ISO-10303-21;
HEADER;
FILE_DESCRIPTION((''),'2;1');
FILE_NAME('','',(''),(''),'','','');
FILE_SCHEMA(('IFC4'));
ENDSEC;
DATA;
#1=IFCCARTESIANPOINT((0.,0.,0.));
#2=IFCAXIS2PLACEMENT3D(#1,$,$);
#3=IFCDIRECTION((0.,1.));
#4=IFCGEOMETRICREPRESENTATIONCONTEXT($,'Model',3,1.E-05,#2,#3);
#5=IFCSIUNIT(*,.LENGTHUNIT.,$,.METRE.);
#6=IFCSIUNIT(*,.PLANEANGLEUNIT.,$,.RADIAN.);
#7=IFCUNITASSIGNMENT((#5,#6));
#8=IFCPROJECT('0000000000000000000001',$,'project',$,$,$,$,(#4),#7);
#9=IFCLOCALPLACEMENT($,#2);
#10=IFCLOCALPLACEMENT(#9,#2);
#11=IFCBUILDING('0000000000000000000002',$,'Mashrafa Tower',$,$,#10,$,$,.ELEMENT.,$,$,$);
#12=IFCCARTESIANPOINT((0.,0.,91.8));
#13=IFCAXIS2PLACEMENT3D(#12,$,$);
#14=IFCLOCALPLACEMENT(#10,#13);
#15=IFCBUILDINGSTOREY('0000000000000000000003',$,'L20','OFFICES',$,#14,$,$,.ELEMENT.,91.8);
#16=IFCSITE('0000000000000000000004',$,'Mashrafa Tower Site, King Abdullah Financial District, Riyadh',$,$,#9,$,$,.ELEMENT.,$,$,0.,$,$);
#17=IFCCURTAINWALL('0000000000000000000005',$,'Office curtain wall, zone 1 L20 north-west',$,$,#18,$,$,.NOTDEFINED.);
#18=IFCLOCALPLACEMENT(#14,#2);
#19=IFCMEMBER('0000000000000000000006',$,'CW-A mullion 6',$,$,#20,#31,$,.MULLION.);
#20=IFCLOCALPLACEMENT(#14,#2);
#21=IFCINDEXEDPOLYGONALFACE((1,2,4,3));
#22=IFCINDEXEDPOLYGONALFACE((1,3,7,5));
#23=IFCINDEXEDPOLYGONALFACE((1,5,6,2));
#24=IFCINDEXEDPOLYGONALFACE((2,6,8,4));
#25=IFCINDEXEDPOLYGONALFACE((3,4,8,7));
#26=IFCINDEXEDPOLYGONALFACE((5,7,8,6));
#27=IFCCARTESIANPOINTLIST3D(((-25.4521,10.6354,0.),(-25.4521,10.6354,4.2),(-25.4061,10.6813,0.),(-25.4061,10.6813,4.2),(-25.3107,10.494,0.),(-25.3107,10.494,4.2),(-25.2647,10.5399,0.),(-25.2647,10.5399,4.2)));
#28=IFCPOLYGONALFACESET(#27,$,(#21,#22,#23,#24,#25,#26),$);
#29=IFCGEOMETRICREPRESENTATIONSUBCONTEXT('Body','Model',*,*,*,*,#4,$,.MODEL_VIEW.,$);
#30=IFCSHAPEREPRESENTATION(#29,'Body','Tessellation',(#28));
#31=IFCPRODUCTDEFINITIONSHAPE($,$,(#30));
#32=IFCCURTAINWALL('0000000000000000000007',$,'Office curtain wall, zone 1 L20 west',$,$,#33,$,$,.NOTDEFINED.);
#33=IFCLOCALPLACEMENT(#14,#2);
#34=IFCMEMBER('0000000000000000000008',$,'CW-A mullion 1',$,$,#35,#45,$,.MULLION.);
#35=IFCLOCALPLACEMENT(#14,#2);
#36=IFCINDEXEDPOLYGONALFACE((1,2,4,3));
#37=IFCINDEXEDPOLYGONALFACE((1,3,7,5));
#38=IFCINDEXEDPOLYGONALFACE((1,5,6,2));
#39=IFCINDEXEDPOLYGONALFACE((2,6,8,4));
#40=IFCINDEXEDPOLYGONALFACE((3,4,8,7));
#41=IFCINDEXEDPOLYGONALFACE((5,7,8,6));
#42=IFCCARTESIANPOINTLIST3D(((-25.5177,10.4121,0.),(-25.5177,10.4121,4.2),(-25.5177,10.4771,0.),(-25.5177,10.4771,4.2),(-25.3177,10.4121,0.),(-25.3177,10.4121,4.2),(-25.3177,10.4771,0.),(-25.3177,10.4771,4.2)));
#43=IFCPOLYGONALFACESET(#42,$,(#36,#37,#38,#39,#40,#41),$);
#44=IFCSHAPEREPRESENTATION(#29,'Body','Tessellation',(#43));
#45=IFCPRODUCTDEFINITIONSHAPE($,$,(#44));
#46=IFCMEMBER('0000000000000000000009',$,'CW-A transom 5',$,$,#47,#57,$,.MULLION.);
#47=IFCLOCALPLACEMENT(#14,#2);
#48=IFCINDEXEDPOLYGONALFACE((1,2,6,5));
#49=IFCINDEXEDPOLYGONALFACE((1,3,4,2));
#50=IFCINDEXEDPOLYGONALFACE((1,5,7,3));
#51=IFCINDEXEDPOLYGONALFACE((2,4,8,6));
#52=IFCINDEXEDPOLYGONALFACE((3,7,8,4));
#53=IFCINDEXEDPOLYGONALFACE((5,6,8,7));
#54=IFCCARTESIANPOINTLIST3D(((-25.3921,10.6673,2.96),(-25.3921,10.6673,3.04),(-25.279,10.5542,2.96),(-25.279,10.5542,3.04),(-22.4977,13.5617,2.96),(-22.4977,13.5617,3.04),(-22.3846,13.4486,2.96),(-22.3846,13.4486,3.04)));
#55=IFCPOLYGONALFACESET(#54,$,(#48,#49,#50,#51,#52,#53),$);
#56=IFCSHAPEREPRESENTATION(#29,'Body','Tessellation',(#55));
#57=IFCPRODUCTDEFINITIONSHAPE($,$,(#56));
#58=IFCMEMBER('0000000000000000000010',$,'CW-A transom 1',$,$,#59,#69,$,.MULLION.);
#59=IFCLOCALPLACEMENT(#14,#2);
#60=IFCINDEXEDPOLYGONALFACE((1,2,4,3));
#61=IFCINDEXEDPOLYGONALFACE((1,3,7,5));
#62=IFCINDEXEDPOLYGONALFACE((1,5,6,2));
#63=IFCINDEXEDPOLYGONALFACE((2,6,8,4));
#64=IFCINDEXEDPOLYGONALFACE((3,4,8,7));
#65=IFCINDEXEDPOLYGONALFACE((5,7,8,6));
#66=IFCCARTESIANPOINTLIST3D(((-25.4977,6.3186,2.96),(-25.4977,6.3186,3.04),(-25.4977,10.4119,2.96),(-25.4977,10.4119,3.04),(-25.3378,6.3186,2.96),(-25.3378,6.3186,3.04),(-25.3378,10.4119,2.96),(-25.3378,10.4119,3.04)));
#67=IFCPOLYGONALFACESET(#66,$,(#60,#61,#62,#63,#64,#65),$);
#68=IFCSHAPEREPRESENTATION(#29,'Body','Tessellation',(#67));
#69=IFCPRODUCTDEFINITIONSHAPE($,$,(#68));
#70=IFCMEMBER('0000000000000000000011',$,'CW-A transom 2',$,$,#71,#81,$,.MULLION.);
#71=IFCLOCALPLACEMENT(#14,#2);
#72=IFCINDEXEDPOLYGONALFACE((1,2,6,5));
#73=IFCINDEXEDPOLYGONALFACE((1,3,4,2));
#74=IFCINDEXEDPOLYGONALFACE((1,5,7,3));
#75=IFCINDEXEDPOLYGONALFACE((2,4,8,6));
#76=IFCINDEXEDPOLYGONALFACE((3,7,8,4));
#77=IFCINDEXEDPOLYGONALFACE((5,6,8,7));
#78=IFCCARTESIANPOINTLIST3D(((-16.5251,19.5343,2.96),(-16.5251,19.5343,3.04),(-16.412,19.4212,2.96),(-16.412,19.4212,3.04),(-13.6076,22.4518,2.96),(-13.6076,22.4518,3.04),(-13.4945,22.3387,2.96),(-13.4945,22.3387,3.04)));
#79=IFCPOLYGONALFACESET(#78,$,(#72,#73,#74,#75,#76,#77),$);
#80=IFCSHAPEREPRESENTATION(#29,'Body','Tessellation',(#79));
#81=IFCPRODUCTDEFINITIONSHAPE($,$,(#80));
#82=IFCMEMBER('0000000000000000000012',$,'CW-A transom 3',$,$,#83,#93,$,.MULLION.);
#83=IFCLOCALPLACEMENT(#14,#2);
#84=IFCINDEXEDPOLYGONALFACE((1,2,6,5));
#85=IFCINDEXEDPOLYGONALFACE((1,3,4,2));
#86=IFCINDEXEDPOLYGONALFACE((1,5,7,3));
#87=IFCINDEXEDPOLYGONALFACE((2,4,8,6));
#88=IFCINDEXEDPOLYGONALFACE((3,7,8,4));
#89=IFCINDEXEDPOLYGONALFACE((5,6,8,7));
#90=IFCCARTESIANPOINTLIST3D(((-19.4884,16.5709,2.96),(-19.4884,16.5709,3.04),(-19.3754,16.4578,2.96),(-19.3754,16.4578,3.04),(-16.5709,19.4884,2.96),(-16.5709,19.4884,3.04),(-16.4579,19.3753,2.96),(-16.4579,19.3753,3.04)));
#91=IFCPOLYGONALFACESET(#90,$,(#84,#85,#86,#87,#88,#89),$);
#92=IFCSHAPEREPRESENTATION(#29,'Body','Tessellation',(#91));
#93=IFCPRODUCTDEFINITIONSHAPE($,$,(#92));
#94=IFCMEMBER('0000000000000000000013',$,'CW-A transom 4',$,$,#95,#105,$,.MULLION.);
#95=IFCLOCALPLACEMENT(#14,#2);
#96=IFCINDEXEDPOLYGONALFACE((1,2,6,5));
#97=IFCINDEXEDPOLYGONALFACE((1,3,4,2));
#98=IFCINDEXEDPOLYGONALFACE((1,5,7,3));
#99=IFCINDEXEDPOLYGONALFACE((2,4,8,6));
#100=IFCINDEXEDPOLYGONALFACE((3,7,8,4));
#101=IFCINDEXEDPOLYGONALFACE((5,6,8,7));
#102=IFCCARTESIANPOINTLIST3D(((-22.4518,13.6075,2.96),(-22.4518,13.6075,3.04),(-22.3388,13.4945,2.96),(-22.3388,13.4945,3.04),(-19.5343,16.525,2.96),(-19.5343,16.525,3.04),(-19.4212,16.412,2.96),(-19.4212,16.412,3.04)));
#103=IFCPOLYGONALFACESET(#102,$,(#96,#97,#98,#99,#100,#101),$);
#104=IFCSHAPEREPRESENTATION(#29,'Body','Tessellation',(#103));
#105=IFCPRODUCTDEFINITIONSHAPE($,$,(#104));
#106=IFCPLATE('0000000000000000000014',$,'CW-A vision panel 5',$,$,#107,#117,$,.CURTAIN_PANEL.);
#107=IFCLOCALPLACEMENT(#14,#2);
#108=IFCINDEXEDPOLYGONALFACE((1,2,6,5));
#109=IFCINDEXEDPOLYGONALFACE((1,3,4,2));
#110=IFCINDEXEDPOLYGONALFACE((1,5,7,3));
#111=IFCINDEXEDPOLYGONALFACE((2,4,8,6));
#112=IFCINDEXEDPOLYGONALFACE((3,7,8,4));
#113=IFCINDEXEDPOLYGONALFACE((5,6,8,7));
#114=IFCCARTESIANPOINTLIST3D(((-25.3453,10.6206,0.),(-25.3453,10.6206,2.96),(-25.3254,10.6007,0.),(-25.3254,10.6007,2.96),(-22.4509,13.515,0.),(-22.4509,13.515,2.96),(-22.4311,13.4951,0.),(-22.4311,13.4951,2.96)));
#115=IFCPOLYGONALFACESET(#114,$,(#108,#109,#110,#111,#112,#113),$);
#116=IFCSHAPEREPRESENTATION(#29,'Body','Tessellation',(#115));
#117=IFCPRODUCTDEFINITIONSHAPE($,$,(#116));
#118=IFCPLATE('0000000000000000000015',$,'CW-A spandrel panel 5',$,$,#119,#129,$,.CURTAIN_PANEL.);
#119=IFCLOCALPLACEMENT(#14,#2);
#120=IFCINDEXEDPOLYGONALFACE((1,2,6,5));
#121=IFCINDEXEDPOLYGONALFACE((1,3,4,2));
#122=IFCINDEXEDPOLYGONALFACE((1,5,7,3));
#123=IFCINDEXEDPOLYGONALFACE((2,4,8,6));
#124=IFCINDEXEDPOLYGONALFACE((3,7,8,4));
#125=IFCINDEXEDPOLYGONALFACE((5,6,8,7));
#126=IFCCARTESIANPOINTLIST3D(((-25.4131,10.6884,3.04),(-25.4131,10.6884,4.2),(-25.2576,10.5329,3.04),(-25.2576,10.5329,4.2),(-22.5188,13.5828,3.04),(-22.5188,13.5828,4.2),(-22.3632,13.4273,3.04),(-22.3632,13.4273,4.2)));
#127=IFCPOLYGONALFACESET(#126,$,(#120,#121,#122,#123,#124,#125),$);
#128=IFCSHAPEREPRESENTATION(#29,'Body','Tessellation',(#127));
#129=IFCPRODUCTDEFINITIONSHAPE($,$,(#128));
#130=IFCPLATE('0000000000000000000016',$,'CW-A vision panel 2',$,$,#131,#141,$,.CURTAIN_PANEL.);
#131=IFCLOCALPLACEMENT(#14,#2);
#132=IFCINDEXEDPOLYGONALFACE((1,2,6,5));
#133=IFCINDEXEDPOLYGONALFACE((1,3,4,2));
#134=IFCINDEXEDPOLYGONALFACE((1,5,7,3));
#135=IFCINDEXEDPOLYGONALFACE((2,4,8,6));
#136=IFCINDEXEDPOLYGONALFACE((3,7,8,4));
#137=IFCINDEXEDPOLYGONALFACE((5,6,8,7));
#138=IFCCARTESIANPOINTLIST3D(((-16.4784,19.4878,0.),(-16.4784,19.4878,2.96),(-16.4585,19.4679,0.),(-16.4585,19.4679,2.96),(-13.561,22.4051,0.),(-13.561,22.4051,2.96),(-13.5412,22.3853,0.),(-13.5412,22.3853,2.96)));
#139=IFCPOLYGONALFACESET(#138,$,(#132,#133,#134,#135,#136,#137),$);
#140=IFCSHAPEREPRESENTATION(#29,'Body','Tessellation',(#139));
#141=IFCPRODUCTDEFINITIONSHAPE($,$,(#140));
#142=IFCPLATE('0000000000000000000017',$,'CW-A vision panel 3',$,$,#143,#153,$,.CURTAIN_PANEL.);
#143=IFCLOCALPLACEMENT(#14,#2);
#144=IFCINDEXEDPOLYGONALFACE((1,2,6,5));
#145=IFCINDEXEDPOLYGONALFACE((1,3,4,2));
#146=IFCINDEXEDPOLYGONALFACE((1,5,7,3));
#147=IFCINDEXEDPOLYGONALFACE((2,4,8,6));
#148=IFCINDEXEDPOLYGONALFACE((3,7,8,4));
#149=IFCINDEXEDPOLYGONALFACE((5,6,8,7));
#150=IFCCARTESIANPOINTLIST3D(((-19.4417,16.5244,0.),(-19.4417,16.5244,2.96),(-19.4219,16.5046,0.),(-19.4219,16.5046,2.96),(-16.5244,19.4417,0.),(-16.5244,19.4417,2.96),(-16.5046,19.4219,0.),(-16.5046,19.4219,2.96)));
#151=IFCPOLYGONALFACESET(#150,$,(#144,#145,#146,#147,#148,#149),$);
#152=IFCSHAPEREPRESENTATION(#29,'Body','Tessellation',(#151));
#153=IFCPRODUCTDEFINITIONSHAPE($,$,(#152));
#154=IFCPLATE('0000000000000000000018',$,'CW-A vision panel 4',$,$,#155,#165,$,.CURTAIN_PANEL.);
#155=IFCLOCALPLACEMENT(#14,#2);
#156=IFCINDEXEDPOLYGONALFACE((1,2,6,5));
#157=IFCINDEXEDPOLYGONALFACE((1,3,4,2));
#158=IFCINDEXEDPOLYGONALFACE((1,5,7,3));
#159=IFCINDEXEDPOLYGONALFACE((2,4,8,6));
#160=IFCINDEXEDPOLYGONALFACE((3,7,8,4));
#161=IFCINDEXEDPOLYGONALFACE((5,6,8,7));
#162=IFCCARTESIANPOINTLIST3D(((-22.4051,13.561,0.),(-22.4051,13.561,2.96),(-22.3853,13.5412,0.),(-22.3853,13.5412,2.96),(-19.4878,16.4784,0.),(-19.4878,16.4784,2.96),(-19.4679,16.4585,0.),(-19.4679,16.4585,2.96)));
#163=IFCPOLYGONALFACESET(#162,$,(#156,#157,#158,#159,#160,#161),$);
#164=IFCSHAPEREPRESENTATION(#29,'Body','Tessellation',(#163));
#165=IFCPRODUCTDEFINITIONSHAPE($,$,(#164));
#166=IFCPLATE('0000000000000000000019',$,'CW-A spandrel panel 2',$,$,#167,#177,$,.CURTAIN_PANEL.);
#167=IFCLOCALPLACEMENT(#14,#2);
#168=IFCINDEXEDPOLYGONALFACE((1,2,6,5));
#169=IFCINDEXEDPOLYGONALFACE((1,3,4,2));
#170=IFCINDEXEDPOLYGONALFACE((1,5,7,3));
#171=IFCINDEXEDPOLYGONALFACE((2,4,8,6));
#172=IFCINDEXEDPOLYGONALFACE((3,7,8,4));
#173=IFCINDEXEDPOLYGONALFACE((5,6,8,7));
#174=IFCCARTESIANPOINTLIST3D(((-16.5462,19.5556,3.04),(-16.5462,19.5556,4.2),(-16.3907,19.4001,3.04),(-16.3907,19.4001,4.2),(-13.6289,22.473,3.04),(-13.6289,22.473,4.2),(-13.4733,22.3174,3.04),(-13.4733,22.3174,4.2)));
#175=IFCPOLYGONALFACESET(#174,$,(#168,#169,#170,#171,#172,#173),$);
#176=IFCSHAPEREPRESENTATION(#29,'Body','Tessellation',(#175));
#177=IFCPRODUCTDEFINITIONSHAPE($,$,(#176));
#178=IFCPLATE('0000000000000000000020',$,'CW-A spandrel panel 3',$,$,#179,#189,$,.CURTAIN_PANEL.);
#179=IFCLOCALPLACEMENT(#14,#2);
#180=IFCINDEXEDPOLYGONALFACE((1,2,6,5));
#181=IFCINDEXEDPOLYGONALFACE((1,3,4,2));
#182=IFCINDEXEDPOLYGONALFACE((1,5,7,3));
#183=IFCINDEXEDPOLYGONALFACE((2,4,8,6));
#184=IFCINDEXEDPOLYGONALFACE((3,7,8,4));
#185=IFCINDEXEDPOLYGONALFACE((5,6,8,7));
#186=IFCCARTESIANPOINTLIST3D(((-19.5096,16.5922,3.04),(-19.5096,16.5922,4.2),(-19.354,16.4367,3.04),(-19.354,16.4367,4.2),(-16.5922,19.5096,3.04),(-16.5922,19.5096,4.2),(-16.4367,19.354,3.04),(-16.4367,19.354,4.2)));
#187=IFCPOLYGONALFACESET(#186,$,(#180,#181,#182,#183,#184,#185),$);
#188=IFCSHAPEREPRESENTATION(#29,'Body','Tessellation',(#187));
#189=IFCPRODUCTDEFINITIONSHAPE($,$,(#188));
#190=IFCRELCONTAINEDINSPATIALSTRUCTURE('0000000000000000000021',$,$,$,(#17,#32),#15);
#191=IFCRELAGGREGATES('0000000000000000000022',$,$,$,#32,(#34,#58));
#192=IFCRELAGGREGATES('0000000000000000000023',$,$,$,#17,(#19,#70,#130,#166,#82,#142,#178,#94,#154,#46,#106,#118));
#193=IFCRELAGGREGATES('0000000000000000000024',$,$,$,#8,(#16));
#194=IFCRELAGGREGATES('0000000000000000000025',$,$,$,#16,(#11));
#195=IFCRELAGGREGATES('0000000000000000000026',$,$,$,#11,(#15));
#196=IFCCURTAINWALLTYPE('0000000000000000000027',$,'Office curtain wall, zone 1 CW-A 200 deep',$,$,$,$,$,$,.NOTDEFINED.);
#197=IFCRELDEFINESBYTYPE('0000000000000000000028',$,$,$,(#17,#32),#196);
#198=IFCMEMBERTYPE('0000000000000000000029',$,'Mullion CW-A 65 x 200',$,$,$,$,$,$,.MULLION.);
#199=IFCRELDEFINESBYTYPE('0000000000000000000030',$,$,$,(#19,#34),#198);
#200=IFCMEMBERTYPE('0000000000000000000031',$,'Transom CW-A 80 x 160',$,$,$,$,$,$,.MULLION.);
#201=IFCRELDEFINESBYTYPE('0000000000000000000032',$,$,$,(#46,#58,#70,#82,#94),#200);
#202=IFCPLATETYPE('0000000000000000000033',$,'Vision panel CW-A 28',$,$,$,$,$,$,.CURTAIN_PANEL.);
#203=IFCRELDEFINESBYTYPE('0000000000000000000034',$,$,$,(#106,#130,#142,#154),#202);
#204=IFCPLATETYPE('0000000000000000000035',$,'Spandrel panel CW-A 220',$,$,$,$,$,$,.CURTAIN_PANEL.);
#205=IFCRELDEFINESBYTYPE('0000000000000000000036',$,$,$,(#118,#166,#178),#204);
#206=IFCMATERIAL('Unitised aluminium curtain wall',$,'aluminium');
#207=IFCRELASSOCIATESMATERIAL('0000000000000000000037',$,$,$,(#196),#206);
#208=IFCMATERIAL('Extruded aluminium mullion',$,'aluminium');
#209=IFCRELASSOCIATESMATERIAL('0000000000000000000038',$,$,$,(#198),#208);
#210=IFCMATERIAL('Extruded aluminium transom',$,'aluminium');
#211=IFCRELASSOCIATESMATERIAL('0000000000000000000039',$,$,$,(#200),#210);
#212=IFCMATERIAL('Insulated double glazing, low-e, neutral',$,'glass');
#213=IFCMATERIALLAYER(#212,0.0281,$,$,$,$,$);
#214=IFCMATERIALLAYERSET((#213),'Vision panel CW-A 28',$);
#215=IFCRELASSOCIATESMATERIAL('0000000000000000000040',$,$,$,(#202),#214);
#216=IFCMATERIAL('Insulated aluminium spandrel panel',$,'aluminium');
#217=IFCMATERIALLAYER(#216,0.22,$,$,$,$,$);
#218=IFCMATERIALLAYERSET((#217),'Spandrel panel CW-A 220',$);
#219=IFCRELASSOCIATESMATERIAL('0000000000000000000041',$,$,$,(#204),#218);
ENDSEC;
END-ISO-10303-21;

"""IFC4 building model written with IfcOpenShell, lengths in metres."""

from ifc_helpers import new_model, si_unit, direction, frame, origin, origin_2d, place, context, subcontext, project, spatial, rectangle, extrude, source, transform, mapped, material, layer, layer_set, material_profile, profile_set, type_object, type_shapes, element, aggregate, save


model = new_model("IFC4")

# Units and contexts
model_context = context("Model", 3, precision=1e-05, world=origin(), true_north=direction((0.0, 1.0)))
body_context = subcontext(model_context, "Body", "Model", "MODEL_VIEW")
ifc_project = project(units=[si_unit("LENGTHUNIT", "METRE"), si_unit("PLANEANGLEUNIT", "RADIAN")], contexts=[model_context])

# Site, building, storey
site_placement = place(None, origin())
site = spatial("IfcSite", under=ifc_project, at=site_placement, Name="Mashrafa Tower Site, King Abdullah Financial District, Riyadh", CompositionType="ELEMENT", RefElevation=0.0)
building_placement = place(site_placement, origin())
building = spatial("IfcBuilding", under=site, at=building_placement, Name="Mashrafa Tower", CompositionType="ELEMENT")
storey_placement = place(building_placement, frame((0.0, 0.0, 91.8)))
storey = spatial("IfcBuildingStorey", under=building, at=storey_placement, Name="L20", Description="OFFICES", CompositionType="ELEMENT", Elevation=91.8)

# Curtain wall, member
ifc_material_1 = material(Name="Unitised aluminium curtain wall", Category="aluminium")
curtain_wall_type = type_object("IfcCurtainWallType", Name="Office curtain wall, zone 1 CW-A 200 deep", PredefinedType="NOTDEFINED", material=ifc_material_1)
curtain_wall_1_placement = place(storey_placement, origin())
curtain_wall_1 = element("IfcCurtainWall", 1, at=curtain_wall_1_placement, inside=storey, type_object=curtain_wall_type, Name="Office curtain wall, zone 1 L20 north-west", PredefinedType="NOTDEFINED")
ifc_material_2 = material(Name="Extruded aluminium mullion", Category="aluminium")
ifc_material_profile_1 = material_profile(ifc_material_2, rectangle(XDim=0.2, YDim=0.0649, at=origin_2d()), Name="Mullion 65x200")
ifc_profile_set_1 = profile_set([ifc_material_profile_1], Name="Extruded aluminium mullion")
member_type_1 = type_object("IfcMemberType", Name="Mullion CW-A 65 x 200", PredefinedType="MULLION", material=ifc_profile_set_1)
shared_shape_1 = source(origin(), body_context, "Body", "SweptSolid", [
    extrude(rectangle(XDim=0.2, YDim=0.0649, at=origin_2d()), origin(), (0.0, 0.0, 1.0), 4.2),
])
type_shapes(member_type_1, [shared_shape_1])
member_1_placement = place(storey_placement, frame((-25.3584, 10.5876, 0.0), z_axis=(0.0, 0.0, 1.0), x_axis=(0.707107, -0.707107, 0.0)))
member_1 = element("IfcMember", 2, at=member_1_placement, type_object=member_type_1, Name="CW-A mullion 6", PredefinedType="MULLION", context=body_context, shape_type="MappedRepresentation", body=[
    mapped(shared_shape_1, transform((0.0, 0.0, 0.0))),
])

# Curtain wall, member
curtain_wall_2_placement = place(storey_placement, origin())
curtain_wall_2 = element("IfcCurtainWall", 3, at=curtain_wall_2_placement, inside=storey, type_object=curtain_wall_type, Name="Office curtain wall, zone 1 L20 west", PredefinedType="NOTDEFINED")
member_2_placement = place(storey_placement, frame((-25.4177, 10.4446, 0.0), z_axis=(0.0, 0.0, 1.0), x_axis=(1.0, 0.0, 0.0)))
member_2 = element("IfcMember", 4, at=member_2_placement, type_object=member_type_1, Name="CW-A mullion 1", PredefinedType="MULLION", context=body_context, shape_type="MappedRepresentation", body=[
    mapped(shared_shape_1, transform((0.0, 0.0, 0.0))),
])

# Members
ifc_material_3 = material(Name="Extruded aluminium transom", Category="aluminium")
ifc_material_profile_2 = material_profile(ifc_material_3, rectangle(XDim=0.1599, YDim=0.0801, at=origin_2d()), Name="Transom 80x160")
ifc_profile_set_2 = profile_set([ifc_material_profile_2], Name="Extruded aluminium transom")
member_type_2 = type_object("IfcMemberType", Name="Transom CW-A 80 x 160", PredefinedType="MULLION", material=ifc_profile_set_2)
shared_shape_2 = source(origin(), body_context, "Body", "SweptSolid", [
    extrude(rectangle(XDim=0.1599, YDim=0.0801, at=origin_2d()), origin(), (0.0, 0.0, 1.0), 4.0933),
])
member_3_placement = place(storey_placement, frame((-22.4412, 13.5051, 3.0), z_axis=(-0.707107, -0.707107, 0.0), x_axis=(0.707107, -0.707107, 0.0)))
member_3 = element("IfcMember", 5, at=member_3_placement, type_object=member_type_2, Name="CW-A transom 5", PredefinedType="MULLION", context=body_context, shape_type="MappedRepresentation", body=[
    mapped(shared_shape_2, transform((0.0, 0.0, 0.0))),
])
member_4_placement = place(storey_placement, frame((-25.4177, 10.4119, 3.0), z_axis=(0.0, -1.0, 0.0), x_axis=(1.0, 0.0, 0.0)))
member_4 = element("IfcMember", 6, at=member_4_placement, type_object=member_type_2, Name="CW-A transom 1", PredefinedType="MULLION", context=body_context, shape_type="MappedRepresentation", body=[
    mapped(shared_shape_2, transform((0.0, 0.0, 0.0))),
])
aggregate(curtain_wall_2, [member_2, member_4])
shared_shape_3 = source(origin(), body_context, "Body", "SweptSolid", [
    extrude(rectangle(XDim=0.1599, YDim=0.0801, at=origin_2d()), origin(), (0.0, 0.0, 1.0), 4.126),
])
type_shapes(member_type_2, [shared_shape_2, shared_shape_3])
member_5_placement = place(storey_placement, frame((-13.551, 22.3953, 3.0), z_axis=(-0.707107, -0.707107, 0.0), x_axis=(0.707107, -0.707107, 0.0)))
member_5 = element("IfcMember", 7, at=member_5_placement, type_object=member_type_2, Name="CW-A transom 2", PredefinedType="MULLION", context=body_context, shape_type="MappedRepresentation", body=[
    mapped(shared_shape_3, transform((0.0, 0.0, 0.0))),
])
member_6_placement = place(storey_placement, frame((-16.5144, 19.4319, 3.0), z_axis=(-0.707107, -0.707107, 0.0), x_axis=(0.707107, -0.707107, 0.0)))
member_6 = element("IfcMember", 8, at=member_6_placement, type_object=member_type_2, Name="CW-A transom 3", PredefinedType="MULLION", context=body_context, shape_type="MappedRepresentation", body=[
    mapped(shared_shape_3, transform((0.0, 0.0, 0.0))),
])
member_7_placement = place(storey_placement, frame((-19.4778, 16.4685, 3.0), z_axis=(-0.707107, -0.707107, 0.0), x_axis=(0.707107, -0.707107, 0.0)))
member_7 = element("IfcMember", 9, at=member_7_placement, type_object=member_type_2, Name="CW-A transom 4", PredefinedType="MULLION", context=body_context, shape_type="MappedRepresentation", body=[
    mapped(shared_shape_3, transform((0.0, 0.0, 0.0))),
])

# Plates
ifc_material_4 = material(Name="Insulated double glazing, low-e, neutral", Category="glass")
ifc_layer_1 = layer(ifc_material_4, 0.0281)
ifc_layer_set_1 = layer_set([ifc_layer_1], Name="Vision panel CW-A 28")
plate_type_1 = type_object("IfcPlateType", Name="Vision panel CW-A 28", PredefinedType="CURTAIN_PANEL", material=ifc_layer_set_1)
shared_shape_4 = source(origin(), body_context, "Body", "SweptSolid", [
    extrude(rectangle(XDim=4.0933, YDim=0.0281, at=origin_2d()), origin(), (0.0, 0.0, 1.0), 2.96),
])
plate_1_placement = place(storey_placement, frame((-23.8882, 12.0579, 0.0), z_axis=(0.0, 0.0, 1.0), x_axis=(-0.707107, -0.707107, 0.0)))
plate_1 = element("IfcPlate", 10, at=plate_1_placement, type_object=plate_type_1, Name="CW-A vision panel 5", PredefinedType="CURTAIN_PANEL", context=body_context, shape_type="MappedRepresentation", body=[
    mapped(shared_shape_4, transform((0.0, 0.0, 0.0))),
])
ifc_material_5 = material(Name="Insulated aluminium spandrel panel", Category="aluminium")
ifc_layer_2 = layer(ifc_material_5, 0.22)
ifc_layer_set_2 = layer_set([ifc_layer_2], Name="Spandrel panel CW-A 220")
plate_type_2 = type_object("IfcPlateType", Name="Spandrel panel CW-A 220", PredefinedType="CURTAIN_PANEL", material=ifc_layer_set_2)
shared_shape_5 = source(origin(), body_context, "Body", "SweptSolid", [
    extrude(rectangle(XDim=4.0933, YDim=0.22, at=origin_2d()), origin(), (0.0, 0.0, 1.0), 1.1599),
])
plate_2_placement = place(storey_placement, frame((-23.8882, 12.0579, 3.04), z_axis=(0.0, 0.0, 1.0), x_axis=(-0.707107, -0.707107, 0.0)))
plate_2 = element("IfcPlate", 11, at=plate_2_placement, type_object=plate_type_2, Name="CW-A spandrel panel 5", PredefinedType="CURTAIN_PANEL", context=body_context, shape_type="MappedRepresentation", body=[
    mapped(shared_shape_5, transform((0.0, 0.0, 0.0))),
])
shared_shape_6 = source(origin(), body_context, "Body", "SweptSolid", [
    extrude(rectangle(XDim=4.1257, YDim=0.0281, at=origin_2d()), origin(), (0.0, 0.0, 1.0), 2.96),
])
type_shapes(plate_type_1, [shared_shape_4, shared_shape_6])
plate_3_placement = place(storey_placement, frame((-15.0098, 20.9365, 0.0), z_axis=(0.0, 0.0, 1.0), x_axis=(-0.707107, -0.707107, 0.0)))
plate_3 = element("IfcPlate", 12, at=plate_3_placement, type_object=plate_type_1, Name="CW-A vision panel 2", PredefinedType="CURTAIN_PANEL", context=body_context, shape_type="MappedRepresentation", body=[
    mapped(shared_shape_6, transform((0.0, 0.0, 0.0))),
])
plate_4_placement = place(storey_placement, frame((-17.9731, 17.9731, 0.0), z_axis=(0.0, 0.0, 1.0), x_axis=(-0.707107, -0.707107, 0.0)))
plate_4 = element("IfcPlate", 13, at=plate_4_placement, type_object=plate_type_1, Name="CW-A vision panel 3", PredefinedType="CURTAIN_PANEL", context=body_context, shape_type="MappedRepresentation", body=[
    mapped(shared_shape_6, transform((0.0, 0.0, 0.0))),
])
plate_5_placement = place(storey_placement, frame((-20.9365, 15.0098, 0.0), z_axis=(0.0, 0.0, 1.0), x_axis=(-0.707107, -0.707107, 0.0)))
plate_5 = element("IfcPlate", 14, at=plate_5_placement, type_object=plate_type_1, Name="CW-A vision panel 4", PredefinedType="CURTAIN_PANEL", context=body_context, shape_type="MappedRepresentation", body=[
    mapped(shared_shape_6, transform((0.0, 0.0, 0.0))),
])
shared_shape_7 = source(origin(), body_context, "Body", "SweptSolid", [
    extrude(rectangle(XDim=4.1257, YDim=0.22, at=origin_2d()), origin(), (0.0, 0.0, 1.0), 1.1599),
])
type_shapes(plate_type_2, [shared_shape_5, shared_shape_7])
plate_6_placement = place(storey_placement, frame((-15.0098, 20.9365, 3.04), z_axis=(0.0, 0.0, 1.0), x_axis=(-0.707107, -0.707107, 0.0)))
plate_6 = element("IfcPlate", 15, at=plate_6_placement, type_object=plate_type_2, Name="CW-A spandrel panel 2", PredefinedType="CURTAIN_PANEL", context=body_context, shape_type="MappedRepresentation", body=[
    mapped(shared_shape_7, transform((0.0, 0.0, 0.0))),
])
plate_7_placement = place(storey_placement, frame((-17.9731, 17.9731, 3.04), z_axis=(0.0, 0.0, 1.0), x_axis=(-0.707107, -0.707107, 0.0)))
plate_7 = element("IfcPlate", 16, at=plate_7_placement, type_object=plate_type_2, Name="CW-A spandrel panel 3", PredefinedType="CURTAIN_PANEL", context=body_context, shape_type="MappedRepresentation", body=[
    mapped(shared_shape_7, transform((0.0, 0.0, 0.0))),
])
aggregate(curtain_wall_1, [member_1, member_5, plate_3, plate_6, member_6, plate_4, plate_7, member_7, plate_5, member_3, plate_1, plate_2])

save(model, "model.ifc")
